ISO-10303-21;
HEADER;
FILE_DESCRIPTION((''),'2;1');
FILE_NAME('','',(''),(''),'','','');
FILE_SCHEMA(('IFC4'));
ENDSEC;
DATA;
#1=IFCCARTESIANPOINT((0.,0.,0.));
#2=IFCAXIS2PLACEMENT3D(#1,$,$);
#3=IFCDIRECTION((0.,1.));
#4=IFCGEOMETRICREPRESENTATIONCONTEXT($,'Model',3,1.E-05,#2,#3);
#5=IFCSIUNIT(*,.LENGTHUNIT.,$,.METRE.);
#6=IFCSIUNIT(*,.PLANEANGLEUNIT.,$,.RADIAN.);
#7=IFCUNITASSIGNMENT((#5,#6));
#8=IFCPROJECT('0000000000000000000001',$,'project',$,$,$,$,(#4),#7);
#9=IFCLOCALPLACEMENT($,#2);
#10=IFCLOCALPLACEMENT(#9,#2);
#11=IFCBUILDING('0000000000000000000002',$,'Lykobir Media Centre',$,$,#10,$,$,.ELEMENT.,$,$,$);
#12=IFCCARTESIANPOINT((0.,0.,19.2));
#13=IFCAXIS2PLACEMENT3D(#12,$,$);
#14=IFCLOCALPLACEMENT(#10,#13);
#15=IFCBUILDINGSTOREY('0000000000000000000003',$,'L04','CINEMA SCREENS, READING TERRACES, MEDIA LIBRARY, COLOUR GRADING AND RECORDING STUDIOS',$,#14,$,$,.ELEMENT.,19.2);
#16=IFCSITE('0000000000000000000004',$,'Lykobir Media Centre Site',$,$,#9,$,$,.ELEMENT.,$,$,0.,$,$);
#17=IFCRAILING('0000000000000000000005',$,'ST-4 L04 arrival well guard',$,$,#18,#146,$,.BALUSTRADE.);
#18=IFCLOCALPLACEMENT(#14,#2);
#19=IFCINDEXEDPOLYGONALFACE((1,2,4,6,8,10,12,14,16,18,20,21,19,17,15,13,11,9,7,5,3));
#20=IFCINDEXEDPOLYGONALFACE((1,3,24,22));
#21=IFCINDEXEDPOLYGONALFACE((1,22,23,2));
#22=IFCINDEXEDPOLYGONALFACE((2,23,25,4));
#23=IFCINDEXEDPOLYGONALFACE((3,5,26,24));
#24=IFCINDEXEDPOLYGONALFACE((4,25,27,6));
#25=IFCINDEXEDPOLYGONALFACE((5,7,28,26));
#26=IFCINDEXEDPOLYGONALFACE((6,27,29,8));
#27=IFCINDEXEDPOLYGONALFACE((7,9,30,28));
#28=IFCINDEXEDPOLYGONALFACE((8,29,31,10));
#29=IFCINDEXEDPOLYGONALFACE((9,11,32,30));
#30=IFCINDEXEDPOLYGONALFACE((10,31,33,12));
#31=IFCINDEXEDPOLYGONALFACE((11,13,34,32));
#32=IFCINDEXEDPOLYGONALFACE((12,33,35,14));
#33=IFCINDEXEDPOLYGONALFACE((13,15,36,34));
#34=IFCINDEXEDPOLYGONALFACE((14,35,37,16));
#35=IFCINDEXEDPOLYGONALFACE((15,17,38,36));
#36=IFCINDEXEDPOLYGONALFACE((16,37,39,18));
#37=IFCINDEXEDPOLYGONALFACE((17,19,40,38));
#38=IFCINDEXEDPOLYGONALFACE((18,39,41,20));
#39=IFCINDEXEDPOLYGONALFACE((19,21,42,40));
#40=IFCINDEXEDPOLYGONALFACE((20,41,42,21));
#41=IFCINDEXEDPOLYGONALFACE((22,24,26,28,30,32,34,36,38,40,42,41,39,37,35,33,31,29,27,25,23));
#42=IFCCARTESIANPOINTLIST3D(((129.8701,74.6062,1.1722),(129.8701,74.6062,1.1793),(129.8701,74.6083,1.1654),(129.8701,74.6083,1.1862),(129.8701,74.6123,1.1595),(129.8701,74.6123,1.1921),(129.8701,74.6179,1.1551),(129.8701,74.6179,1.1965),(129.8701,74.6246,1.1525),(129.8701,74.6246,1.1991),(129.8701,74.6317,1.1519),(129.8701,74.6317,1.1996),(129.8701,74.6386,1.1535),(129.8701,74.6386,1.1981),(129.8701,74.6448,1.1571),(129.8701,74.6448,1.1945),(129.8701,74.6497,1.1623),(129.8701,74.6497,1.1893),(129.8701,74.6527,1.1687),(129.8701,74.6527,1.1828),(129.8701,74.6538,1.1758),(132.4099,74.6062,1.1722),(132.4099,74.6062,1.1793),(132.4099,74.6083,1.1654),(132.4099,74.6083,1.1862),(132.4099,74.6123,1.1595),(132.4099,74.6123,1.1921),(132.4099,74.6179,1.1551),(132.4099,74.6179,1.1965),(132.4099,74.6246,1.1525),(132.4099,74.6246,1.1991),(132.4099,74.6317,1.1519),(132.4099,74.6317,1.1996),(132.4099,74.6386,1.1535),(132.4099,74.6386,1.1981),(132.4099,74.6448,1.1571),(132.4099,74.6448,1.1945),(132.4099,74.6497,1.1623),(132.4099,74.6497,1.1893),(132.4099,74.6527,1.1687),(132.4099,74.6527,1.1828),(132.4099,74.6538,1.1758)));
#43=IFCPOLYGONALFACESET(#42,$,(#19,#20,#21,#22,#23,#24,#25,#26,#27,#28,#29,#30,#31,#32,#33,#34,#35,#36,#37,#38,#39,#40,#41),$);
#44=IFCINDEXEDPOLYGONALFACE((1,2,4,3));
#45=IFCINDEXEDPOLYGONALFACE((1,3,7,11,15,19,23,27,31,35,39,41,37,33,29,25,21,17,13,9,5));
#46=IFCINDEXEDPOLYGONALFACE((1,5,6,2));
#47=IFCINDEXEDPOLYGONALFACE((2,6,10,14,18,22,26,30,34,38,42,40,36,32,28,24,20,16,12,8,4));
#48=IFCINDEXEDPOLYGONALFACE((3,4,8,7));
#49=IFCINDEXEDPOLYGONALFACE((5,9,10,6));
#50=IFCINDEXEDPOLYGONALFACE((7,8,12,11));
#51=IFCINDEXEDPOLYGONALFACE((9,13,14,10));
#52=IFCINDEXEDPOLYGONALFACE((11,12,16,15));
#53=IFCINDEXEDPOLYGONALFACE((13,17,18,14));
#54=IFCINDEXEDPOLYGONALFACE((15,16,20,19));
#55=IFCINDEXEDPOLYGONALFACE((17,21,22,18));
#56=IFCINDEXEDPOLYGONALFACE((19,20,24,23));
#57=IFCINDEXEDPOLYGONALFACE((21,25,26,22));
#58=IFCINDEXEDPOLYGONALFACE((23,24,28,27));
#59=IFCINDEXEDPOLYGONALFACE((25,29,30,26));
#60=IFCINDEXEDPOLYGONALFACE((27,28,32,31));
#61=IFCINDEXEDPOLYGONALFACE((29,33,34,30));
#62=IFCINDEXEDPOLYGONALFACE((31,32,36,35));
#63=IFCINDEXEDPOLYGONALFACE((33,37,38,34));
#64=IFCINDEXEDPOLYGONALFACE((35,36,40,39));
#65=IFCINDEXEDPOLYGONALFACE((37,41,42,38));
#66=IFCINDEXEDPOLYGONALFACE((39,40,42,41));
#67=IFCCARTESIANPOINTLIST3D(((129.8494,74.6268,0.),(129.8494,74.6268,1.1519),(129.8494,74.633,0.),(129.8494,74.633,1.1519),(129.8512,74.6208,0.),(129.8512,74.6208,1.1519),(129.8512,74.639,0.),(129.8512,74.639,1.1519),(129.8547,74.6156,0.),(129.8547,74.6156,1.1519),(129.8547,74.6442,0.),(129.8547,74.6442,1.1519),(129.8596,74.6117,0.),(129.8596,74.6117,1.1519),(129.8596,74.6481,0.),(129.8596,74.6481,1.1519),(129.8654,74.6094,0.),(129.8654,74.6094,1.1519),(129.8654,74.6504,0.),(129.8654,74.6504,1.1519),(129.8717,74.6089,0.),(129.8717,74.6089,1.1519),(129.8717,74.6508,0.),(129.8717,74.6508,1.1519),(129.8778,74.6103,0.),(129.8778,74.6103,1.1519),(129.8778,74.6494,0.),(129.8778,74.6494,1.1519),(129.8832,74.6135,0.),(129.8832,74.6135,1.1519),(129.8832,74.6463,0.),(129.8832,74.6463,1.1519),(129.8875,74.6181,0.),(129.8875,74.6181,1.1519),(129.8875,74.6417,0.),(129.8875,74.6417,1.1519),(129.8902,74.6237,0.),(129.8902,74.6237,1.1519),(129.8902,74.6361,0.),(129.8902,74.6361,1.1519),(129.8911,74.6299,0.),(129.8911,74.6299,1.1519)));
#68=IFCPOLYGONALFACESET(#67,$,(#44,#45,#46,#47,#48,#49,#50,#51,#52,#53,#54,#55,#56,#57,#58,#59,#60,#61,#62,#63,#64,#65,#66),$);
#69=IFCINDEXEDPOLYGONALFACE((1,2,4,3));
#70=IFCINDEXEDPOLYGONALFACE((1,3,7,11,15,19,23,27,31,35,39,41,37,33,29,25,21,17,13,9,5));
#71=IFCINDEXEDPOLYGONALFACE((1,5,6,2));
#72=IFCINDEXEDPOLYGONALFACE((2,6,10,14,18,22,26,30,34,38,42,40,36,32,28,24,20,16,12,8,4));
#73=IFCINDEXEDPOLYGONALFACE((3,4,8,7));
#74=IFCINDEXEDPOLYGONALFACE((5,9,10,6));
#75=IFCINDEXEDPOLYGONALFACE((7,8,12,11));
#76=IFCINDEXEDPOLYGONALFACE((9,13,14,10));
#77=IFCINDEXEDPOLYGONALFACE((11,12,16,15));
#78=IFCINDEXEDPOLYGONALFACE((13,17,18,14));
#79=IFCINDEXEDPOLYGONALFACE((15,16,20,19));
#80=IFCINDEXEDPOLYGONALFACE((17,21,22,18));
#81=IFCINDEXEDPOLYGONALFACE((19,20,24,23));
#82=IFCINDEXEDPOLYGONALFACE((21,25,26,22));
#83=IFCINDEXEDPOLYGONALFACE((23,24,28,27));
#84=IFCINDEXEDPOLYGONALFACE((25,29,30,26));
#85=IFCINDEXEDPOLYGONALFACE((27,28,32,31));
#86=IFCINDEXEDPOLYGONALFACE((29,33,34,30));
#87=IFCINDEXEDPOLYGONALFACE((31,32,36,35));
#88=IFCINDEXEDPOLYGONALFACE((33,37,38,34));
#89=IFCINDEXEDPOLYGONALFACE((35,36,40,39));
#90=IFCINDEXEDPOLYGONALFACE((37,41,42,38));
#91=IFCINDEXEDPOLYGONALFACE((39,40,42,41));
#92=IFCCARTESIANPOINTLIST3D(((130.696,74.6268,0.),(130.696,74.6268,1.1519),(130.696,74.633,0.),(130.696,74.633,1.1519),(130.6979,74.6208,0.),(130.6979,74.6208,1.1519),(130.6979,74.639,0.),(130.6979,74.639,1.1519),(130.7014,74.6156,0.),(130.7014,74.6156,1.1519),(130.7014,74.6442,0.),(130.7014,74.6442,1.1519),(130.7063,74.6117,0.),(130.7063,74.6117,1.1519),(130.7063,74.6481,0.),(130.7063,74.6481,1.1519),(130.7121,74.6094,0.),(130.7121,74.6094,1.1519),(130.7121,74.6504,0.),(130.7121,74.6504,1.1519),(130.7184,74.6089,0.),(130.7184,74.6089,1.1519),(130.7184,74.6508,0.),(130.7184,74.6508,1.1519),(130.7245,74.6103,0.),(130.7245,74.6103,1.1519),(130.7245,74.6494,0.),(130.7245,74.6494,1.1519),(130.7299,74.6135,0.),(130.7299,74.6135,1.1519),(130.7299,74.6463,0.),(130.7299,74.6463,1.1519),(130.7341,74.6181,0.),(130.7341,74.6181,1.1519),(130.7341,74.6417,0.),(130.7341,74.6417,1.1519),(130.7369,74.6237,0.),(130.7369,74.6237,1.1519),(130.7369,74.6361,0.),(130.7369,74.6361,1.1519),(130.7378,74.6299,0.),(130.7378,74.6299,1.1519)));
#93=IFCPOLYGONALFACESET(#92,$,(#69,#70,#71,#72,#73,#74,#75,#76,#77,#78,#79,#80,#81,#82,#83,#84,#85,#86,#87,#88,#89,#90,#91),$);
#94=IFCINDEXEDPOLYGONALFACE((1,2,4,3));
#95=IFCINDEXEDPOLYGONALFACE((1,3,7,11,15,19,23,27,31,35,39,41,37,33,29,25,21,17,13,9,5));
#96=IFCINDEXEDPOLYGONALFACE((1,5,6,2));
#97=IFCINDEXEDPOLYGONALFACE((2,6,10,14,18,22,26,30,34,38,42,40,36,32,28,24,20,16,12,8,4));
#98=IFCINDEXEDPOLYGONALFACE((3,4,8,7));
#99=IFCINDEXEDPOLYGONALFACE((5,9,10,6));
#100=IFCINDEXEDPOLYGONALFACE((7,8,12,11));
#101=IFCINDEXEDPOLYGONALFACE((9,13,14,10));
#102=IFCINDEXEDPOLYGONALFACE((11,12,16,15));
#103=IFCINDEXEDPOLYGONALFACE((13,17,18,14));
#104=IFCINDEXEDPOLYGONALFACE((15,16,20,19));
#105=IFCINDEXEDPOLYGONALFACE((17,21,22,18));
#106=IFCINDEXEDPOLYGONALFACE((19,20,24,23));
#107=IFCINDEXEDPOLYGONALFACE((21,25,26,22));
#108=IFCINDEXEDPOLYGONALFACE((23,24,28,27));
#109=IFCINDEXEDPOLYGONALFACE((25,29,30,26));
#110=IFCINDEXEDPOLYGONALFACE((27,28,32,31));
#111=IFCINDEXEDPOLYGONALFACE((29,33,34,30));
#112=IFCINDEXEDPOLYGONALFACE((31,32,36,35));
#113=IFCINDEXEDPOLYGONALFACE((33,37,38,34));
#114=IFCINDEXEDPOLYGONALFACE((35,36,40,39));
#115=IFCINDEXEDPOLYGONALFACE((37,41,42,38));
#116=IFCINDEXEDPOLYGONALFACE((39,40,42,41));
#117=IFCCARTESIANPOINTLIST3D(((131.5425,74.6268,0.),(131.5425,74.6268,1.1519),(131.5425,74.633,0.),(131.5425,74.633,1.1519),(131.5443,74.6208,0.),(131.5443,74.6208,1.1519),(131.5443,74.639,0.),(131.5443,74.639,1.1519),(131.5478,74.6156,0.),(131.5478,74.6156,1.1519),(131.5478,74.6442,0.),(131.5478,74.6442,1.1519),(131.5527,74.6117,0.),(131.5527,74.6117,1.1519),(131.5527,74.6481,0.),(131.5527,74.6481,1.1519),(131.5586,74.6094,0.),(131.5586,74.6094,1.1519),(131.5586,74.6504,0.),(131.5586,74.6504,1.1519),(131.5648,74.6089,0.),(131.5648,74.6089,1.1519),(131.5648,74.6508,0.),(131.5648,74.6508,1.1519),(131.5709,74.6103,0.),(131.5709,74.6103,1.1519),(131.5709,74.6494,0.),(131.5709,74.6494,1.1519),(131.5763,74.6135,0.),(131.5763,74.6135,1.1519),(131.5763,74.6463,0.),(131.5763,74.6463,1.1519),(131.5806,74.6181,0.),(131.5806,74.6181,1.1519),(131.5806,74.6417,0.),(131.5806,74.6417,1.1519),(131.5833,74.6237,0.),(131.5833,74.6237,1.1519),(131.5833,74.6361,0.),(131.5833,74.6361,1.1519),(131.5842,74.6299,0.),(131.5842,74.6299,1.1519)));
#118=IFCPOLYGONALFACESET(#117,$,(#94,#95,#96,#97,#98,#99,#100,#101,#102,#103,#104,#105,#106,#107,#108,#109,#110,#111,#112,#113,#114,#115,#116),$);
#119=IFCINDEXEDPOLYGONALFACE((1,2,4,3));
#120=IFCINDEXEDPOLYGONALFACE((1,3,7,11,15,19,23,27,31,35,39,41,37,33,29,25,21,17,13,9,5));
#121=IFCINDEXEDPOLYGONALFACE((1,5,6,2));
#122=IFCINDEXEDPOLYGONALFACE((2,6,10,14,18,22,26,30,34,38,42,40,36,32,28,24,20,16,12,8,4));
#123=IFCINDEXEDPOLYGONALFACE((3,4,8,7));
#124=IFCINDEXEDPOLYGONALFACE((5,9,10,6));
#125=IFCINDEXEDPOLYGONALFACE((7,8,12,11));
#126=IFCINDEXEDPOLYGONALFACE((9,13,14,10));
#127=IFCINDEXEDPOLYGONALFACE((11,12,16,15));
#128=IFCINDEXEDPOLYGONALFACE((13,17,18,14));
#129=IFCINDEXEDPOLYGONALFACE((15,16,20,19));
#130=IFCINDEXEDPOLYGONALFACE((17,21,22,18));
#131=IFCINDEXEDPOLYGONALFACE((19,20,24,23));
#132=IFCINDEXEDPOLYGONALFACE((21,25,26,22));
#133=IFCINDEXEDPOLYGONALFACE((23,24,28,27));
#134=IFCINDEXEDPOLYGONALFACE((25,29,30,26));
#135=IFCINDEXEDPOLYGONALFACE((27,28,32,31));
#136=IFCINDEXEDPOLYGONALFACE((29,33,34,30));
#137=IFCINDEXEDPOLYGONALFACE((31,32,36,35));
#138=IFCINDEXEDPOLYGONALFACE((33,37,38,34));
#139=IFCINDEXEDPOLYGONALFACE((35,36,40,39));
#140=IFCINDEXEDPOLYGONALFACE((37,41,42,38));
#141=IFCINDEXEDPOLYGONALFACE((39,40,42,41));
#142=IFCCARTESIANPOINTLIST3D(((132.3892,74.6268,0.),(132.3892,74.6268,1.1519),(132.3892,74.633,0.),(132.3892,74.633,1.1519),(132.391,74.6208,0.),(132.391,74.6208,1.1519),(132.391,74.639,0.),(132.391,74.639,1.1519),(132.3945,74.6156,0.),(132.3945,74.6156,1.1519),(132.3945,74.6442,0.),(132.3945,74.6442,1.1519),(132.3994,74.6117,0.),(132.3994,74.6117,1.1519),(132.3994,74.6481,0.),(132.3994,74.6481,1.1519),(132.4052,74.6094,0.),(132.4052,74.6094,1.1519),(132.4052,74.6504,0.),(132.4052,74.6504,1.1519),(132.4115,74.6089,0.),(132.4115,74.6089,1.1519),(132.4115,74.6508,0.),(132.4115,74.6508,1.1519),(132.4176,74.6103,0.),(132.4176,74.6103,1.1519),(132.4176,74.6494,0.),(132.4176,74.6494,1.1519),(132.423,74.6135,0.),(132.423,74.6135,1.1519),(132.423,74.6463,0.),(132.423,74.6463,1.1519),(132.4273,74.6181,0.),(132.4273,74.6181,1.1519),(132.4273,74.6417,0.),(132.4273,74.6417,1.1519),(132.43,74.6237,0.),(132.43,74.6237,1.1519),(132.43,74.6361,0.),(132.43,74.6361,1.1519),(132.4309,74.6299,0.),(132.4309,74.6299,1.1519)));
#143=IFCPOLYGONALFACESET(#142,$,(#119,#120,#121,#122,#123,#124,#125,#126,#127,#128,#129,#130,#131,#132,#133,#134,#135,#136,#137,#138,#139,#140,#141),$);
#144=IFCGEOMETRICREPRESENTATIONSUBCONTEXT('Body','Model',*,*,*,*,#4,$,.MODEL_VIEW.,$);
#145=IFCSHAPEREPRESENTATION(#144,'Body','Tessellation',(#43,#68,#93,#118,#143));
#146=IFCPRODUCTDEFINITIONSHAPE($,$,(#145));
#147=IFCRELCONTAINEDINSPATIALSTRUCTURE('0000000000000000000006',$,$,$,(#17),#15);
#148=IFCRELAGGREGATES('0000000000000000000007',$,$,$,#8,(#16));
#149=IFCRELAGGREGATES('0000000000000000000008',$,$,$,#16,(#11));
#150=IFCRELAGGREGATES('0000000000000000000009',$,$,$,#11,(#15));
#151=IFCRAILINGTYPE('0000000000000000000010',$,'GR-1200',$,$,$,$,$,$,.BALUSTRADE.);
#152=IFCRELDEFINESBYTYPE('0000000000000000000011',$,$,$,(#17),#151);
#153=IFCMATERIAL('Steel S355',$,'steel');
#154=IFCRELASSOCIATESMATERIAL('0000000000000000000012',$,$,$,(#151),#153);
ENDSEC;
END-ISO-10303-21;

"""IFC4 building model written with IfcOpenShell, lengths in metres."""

from ifc_helpers import new_model, si_unit, direction, frame, origin, origin_2d, place, context, subcontext, project, spatial, circle, extrude, material, type_object, element, save


model = new_model("IFC4")

# Units and contexts
model_context = context("Model", 3, precision=1e-05, world=origin(), true_north=direction((0.0, 1.0)))
body_context = subcontext(model_context, "Body", "Model", "MODEL_VIEW")
ifc_project = project(units=[si_unit("LENGTHUNIT", "METRE"), si_unit("PLANEANGLEUNIT", "RADIAN")], contexts=[model_context])

# Site, building, storey
site_placement = place(None, origin())
site = spatial("IfcSite", under=ifc_project, at=site_placement, Name="Lykobir Media Centre Site", CompositionType="ELEMENT", RefElevation=0.0)
building_placement = place(site_placement, origin())
building = spatial("IfcBuilding", under=site, at=building_placement, Name="Lykobir Media Centre", CompositionType="ELEMENT")
storey_placement = place(building_placement, frame((0.0, 0.0, 19.2)))
storey = spatial("IfcBuildingStorey", under=building, at=storey_placement, Name="L04", Description="CINEMA SCREENS, READING TERRACES, MEDIA LIBRARY, COLOUR GRADING AND RECORDING STUDIOS", CompositionType="ELEMENT", Elevation=19.2)

# Shared definitions
ifc_material_1 = material(Name="Steel S355", Category="steel")

# Railing
railing_type_1 = type_object("IfcRailingType", Name="GR-1200", PredefinedType="BALUSTRADE", material=ifc_material_1)
railing_1_placement = place(storey_placement, frame((129.8701, 74.6299, 0.0)))
element("IfcRailing", 1, at=railing_1_placement, inside=storey, type_object=railing_type_1, Name="ST-4 L04 arrival well guard", PredefinedType="BALUSTRADE", context=body_context, shape_type="SweptSolid", body=[
    extrude(circle(Radius=0.0239, at=origin_2d()), frame((0.0, 0.0, 1.1758), z_axis=(1.0, 0.0, 0.0), x_axis=(0.0, 1.0, 0.0)), (0.0, 0.0, 1.0), 2.5398),
    extrude(circle(Radius=0.021, at=origin_2d()), origin(), (0.0, 0.0, 1.0), 1.1519),
    extrude(circle(Radius=0.021, at=origin_2d()), frame((0.8467, 0.0, 0.0)), (0.0, 0.0, 1.0), 1.1519),
    extrude(circle(Radius=0.021, at=origin_2d()), frame((1.6931, 0.0, 0.0)), (0.0, 0.0, 1.0), 1.1519),
    extrude(circle(Radius=0.021, at=origin_2d()), frame((2.5398, 0.0, 0.0)), (0.0, 0.0, 1.0), 1.1519),
])

save(model, "model.ifc")
